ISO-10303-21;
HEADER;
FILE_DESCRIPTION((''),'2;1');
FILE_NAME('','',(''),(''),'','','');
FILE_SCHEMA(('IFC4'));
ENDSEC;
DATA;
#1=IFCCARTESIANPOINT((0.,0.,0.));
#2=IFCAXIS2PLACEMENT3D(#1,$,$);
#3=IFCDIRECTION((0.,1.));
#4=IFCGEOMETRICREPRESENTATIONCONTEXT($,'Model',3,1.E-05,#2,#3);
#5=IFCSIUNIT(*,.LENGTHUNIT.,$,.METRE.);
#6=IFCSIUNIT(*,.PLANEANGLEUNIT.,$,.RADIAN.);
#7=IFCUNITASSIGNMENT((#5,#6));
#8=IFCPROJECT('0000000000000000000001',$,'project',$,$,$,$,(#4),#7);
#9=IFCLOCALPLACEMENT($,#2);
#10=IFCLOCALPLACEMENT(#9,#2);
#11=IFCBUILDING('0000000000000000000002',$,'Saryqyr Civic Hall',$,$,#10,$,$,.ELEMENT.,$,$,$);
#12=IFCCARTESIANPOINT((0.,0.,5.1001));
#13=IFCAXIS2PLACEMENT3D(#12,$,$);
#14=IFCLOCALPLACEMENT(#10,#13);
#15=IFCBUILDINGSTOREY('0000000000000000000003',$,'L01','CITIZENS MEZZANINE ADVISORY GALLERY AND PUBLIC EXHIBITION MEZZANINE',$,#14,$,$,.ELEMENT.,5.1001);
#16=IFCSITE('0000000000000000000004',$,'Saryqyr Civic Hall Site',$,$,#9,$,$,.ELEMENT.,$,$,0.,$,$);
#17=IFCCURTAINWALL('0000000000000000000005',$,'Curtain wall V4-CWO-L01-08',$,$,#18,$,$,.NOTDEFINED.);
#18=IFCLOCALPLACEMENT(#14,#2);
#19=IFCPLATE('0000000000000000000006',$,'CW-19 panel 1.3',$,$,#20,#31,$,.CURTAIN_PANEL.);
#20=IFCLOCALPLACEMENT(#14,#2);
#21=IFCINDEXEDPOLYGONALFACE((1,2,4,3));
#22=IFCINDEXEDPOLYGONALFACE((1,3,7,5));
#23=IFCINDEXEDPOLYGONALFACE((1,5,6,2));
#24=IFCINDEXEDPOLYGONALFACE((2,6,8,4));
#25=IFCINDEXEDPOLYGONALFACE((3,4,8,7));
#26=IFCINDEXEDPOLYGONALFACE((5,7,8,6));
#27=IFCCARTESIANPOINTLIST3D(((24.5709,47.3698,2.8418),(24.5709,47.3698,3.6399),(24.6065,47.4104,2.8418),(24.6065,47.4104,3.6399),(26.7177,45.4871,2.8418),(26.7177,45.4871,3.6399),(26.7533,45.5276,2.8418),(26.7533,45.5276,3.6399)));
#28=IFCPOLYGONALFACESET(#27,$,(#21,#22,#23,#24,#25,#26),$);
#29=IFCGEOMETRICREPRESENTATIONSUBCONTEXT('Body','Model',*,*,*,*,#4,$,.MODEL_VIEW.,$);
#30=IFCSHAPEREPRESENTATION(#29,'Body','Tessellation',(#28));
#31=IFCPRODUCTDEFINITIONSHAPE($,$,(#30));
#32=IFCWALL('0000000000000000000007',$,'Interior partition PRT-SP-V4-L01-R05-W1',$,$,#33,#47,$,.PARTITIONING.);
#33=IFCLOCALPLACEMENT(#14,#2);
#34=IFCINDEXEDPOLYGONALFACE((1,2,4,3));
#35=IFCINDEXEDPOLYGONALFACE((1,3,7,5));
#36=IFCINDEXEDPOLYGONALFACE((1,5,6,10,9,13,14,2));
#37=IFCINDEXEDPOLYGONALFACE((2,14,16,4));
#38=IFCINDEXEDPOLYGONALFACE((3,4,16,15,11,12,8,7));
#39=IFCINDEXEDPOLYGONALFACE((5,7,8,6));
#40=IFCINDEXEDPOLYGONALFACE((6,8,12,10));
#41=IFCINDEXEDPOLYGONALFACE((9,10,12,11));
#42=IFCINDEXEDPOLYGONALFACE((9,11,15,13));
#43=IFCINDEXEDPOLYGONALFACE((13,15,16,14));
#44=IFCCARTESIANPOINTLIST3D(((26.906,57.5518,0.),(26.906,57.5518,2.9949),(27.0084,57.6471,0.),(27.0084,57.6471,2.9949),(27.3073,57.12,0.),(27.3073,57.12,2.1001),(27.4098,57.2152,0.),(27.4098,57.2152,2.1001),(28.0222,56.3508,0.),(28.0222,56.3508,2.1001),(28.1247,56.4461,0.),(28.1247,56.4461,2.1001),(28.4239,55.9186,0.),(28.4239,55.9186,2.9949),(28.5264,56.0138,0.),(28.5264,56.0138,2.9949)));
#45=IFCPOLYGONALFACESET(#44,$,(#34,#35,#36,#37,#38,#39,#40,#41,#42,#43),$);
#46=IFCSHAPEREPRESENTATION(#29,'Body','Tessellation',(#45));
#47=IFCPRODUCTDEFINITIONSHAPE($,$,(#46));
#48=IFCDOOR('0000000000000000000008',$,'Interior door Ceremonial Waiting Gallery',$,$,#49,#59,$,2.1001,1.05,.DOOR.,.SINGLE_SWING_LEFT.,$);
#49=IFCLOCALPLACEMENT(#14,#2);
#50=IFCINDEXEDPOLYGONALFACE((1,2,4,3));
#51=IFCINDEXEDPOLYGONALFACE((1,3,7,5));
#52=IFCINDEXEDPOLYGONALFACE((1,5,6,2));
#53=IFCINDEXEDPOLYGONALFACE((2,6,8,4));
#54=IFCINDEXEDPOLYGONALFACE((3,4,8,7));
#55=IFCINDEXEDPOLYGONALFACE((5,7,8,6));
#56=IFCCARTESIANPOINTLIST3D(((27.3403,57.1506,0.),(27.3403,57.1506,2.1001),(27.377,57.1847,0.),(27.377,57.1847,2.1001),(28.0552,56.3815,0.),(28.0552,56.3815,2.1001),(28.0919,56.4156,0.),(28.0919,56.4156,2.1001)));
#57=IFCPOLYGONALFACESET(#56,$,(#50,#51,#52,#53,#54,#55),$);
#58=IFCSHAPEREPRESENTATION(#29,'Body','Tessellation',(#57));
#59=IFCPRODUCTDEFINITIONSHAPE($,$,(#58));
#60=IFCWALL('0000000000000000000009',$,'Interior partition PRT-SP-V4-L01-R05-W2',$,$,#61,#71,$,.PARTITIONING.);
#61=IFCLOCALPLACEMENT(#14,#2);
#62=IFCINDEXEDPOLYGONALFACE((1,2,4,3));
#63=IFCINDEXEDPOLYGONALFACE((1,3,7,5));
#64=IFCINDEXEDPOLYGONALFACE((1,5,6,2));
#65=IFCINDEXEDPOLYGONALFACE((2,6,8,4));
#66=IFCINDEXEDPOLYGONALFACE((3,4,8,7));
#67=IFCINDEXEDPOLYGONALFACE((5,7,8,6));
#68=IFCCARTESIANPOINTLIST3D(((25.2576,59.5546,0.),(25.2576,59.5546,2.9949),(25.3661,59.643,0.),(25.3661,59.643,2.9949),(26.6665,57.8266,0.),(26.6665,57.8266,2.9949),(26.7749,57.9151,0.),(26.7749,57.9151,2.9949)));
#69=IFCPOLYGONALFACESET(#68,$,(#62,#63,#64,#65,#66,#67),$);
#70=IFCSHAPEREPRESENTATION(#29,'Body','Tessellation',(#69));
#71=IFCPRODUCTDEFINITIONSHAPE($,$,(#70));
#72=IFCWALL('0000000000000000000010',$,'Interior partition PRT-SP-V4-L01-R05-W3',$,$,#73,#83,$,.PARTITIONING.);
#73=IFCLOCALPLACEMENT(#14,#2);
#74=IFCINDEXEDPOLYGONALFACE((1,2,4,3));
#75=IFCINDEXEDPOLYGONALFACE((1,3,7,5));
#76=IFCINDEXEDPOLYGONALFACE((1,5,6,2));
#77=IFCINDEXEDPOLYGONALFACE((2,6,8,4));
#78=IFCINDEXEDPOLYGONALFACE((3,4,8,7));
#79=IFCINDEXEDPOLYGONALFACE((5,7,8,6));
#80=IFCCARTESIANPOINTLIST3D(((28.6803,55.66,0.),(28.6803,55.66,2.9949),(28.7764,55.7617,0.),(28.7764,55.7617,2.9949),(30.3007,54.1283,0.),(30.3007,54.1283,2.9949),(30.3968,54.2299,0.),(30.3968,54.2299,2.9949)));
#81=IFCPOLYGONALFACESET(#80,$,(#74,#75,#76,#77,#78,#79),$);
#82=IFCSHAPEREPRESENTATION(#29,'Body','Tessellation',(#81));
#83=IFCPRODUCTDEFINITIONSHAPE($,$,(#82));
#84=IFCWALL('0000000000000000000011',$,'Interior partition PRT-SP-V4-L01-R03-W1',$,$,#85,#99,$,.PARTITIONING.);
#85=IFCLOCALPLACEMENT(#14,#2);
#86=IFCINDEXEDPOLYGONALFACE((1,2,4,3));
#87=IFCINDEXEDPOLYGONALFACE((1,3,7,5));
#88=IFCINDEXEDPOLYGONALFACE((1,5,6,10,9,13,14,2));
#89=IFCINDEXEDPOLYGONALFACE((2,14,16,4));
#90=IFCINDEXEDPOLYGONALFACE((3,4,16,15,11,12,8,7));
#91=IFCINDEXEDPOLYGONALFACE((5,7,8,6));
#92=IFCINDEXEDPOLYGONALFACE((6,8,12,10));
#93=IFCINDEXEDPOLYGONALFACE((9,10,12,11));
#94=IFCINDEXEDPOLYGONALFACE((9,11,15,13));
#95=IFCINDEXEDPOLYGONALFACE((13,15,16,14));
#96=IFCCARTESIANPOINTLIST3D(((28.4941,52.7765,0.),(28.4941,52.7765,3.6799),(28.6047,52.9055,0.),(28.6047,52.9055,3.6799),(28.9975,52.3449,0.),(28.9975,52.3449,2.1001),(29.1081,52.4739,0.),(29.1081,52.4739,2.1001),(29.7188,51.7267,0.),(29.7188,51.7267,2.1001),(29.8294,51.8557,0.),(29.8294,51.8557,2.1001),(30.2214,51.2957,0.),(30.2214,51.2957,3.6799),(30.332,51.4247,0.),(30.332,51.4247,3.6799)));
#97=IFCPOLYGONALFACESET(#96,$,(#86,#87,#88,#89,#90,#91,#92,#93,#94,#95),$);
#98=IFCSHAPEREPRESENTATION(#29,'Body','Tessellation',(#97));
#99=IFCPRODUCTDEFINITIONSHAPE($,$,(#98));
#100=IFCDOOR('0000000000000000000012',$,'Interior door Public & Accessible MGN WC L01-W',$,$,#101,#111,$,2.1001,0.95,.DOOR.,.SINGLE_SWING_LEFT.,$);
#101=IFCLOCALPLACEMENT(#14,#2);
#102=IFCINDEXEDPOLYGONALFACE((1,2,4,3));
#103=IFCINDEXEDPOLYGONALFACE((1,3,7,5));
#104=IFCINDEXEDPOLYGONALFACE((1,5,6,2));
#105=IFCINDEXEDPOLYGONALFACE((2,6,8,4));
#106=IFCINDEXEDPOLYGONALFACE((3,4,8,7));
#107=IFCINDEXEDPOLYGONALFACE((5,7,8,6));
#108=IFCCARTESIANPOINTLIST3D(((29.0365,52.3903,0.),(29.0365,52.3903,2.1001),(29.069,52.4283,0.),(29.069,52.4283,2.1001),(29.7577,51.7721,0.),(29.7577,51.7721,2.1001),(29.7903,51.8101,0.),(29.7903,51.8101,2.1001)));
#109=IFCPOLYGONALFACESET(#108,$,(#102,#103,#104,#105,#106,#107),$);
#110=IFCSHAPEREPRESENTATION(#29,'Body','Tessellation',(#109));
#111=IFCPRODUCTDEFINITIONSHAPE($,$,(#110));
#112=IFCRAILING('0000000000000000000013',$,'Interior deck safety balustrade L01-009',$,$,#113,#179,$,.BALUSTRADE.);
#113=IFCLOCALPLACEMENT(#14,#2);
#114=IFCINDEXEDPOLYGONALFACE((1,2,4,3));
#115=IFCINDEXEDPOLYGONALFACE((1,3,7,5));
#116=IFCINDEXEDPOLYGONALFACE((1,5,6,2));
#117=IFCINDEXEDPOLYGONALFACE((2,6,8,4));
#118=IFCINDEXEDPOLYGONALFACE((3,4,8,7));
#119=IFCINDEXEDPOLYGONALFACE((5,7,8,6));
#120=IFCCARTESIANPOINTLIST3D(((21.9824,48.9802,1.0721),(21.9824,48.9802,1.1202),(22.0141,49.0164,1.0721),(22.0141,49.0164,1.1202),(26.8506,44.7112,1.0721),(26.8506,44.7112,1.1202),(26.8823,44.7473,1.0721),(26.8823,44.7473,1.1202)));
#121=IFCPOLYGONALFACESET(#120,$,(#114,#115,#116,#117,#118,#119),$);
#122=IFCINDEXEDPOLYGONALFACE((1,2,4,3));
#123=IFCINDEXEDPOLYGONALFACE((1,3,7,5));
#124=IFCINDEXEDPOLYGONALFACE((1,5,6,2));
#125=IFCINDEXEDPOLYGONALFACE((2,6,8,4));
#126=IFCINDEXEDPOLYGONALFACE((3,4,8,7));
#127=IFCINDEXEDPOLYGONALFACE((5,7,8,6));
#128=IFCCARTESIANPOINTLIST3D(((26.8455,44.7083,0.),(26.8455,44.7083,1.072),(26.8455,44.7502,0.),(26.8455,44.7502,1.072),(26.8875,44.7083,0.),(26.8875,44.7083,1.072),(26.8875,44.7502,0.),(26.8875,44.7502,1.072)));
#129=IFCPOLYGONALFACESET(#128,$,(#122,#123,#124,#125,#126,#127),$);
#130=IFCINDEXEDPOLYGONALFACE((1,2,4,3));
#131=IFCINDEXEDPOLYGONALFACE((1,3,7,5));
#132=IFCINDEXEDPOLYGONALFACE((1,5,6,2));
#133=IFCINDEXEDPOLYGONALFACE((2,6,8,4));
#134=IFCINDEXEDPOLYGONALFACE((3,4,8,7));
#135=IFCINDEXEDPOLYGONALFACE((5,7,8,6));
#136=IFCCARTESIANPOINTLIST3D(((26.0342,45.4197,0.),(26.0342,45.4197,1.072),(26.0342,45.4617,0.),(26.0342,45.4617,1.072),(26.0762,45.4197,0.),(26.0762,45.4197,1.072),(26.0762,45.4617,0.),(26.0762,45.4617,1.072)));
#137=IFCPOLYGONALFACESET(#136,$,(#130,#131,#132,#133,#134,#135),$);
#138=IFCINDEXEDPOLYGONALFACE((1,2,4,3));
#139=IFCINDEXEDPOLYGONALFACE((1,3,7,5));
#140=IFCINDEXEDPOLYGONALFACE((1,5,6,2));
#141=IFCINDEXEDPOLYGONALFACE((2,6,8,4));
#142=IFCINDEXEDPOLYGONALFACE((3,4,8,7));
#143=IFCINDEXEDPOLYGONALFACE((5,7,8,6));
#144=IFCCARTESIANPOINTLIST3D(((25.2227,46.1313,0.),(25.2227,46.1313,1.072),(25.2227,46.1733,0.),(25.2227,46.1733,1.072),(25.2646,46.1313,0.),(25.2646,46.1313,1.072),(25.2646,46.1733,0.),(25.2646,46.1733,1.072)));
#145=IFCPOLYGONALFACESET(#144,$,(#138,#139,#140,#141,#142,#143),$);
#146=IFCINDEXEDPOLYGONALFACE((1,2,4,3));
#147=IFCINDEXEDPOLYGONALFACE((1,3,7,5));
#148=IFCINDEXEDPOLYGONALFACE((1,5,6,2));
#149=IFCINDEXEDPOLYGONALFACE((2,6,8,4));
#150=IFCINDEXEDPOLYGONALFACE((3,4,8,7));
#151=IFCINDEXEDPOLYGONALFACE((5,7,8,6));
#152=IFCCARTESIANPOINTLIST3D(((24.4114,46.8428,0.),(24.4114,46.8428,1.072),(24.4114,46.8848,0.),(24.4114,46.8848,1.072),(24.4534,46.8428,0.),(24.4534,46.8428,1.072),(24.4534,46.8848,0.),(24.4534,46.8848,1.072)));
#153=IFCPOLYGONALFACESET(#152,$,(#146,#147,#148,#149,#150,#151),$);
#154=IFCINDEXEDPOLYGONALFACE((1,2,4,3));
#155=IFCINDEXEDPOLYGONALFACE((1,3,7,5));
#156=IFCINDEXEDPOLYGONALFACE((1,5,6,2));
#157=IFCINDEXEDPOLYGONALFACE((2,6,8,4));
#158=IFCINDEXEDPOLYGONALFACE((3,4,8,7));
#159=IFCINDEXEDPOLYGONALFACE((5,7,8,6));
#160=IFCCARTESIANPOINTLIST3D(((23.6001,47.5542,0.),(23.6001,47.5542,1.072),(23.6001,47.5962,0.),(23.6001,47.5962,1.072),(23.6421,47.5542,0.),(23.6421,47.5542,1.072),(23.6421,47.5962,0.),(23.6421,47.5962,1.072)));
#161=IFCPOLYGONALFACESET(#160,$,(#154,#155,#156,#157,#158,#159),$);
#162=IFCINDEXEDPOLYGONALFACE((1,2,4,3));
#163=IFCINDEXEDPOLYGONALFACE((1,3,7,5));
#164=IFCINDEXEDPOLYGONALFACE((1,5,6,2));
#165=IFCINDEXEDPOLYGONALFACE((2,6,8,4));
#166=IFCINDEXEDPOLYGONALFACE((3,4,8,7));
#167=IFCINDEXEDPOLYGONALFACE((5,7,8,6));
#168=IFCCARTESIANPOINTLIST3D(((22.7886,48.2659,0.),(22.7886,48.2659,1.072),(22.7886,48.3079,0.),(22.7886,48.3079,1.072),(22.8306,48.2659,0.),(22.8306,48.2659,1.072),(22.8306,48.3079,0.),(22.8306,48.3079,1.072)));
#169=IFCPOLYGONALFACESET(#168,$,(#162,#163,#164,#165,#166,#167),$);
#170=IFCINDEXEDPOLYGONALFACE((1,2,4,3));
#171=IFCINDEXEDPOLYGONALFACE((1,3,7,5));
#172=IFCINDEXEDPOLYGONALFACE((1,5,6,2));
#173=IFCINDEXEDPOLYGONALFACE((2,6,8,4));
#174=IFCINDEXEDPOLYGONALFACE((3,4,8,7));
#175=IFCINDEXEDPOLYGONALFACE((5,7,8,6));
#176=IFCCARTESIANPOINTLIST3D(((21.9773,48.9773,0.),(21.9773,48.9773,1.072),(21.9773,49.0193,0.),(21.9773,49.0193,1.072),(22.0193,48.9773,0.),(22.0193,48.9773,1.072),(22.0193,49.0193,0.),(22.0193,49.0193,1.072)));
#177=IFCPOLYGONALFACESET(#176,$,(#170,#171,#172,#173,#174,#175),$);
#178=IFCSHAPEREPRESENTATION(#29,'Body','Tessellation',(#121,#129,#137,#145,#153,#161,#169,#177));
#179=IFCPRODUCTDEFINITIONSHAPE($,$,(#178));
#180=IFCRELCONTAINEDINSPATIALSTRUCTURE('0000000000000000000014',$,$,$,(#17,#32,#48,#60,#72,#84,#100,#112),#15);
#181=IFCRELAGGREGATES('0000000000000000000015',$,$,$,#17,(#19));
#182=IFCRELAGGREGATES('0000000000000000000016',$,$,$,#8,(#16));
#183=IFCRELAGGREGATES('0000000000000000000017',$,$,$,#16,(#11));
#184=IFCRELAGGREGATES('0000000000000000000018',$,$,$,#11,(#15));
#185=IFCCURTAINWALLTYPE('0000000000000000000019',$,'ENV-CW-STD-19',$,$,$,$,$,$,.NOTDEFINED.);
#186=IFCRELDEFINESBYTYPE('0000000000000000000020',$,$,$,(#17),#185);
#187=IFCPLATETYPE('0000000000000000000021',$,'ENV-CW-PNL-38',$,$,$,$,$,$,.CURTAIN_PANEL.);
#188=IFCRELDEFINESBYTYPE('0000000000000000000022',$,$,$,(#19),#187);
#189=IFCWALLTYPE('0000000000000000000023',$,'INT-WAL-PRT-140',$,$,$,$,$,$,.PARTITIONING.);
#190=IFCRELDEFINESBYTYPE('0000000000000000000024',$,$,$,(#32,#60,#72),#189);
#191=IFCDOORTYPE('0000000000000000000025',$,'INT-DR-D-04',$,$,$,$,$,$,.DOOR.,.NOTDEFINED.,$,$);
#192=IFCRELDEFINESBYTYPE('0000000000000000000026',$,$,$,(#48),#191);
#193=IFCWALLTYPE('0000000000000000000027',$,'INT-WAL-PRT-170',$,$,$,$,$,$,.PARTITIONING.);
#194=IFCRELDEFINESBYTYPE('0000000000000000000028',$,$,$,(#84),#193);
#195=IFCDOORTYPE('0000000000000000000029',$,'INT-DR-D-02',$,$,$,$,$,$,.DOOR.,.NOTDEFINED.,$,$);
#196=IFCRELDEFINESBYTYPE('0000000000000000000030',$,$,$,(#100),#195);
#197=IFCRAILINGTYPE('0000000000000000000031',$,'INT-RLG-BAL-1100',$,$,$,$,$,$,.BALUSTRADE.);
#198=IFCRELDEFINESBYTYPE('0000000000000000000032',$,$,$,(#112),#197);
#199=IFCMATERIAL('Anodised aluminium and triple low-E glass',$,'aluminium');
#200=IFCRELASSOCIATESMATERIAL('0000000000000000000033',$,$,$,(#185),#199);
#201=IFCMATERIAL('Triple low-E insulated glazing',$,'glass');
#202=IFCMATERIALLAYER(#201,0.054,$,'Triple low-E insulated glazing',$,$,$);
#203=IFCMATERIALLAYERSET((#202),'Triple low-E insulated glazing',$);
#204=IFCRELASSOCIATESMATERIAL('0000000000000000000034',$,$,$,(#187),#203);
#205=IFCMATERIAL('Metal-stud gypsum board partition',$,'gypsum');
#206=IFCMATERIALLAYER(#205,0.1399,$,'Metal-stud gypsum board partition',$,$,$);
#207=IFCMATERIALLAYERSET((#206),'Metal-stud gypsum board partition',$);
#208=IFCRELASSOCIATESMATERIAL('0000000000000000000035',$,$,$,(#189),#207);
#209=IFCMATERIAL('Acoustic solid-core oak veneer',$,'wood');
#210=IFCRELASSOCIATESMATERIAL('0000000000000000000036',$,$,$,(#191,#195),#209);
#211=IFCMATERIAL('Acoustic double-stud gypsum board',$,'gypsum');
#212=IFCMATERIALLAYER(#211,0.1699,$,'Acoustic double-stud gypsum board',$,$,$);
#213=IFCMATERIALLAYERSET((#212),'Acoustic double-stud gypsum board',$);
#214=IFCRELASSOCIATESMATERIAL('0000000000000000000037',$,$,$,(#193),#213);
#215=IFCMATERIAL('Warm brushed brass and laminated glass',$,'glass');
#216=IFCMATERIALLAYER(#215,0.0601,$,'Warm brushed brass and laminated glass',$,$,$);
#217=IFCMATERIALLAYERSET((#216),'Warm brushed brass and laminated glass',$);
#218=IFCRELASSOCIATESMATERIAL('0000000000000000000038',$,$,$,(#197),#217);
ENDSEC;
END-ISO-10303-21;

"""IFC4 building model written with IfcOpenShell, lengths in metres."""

from ifc_helpers import new_model, si_unit, direction, frame, frame_2d, origin, origin_2d, place, context, subcontext, project, spatial, rectangle, extrude, material, layer, layer_set, type_object, element, fill, aggregate, save


model = new_model("IFC4")

# Units and contexts
model_context = context("Model", 3, precision=1e-05, world=origin(), true_north=direction((0.0, 1.0)))
body_context = subcontext(model_context, "Body", "Model", "MODEL_VIEW")
ifc_project = project(units=[si_unit("LENGTHUNIT", "METRE"), si_unit("PLANEANGLEUNIT", "RADIAN")], contexts=[model_context])

# Site, building, storey
site_placement = place(None, origin())
site = spatial("IfcSite", under=ifc_project, at=site_placement, Name="Saryqyr Civic Hall Site", CompositionType="ELEMENT", RefElevation=0.0)
building_placement = place(site_placement, origin())
building = spatial("IfcBuilding", under=site, at=building_placement, Name="Saryqyr Civic Hall", CompositionType="ELEMENT")
storey_placement = place(building_placement, frame((0.0, 0.0, 5.1001)))
storey = spatial("IfcBuildingStorey", under=building, at=storey_placement, Name="L01", Description="CITIZENS MEZZANINE ADVISORY GALLERY AND PUBLIC EXHIBITION MEZZANINE", CompositionType="ELEMENT", Elevation=5.1001)

# Curtain wall
ifc_material_1 = material(Name="Anodised aluminium and triple low-E glass", Category="aluminium")
curtain_wall_type_1 = type_object("IfcCurtainWallType", Name="ENV-CW-STD-19", PredefinedType="NOTDEFINED", material=ifc_material_1)
curtain_wall_1_placement = place(storey_placement, origin())
curtain_wall_1 = element("IfcCurtainWall", 1, at=curtain_wall_1_placement, inside=storey, type_object=curtain_wall_type_1, Name="Curtain wall V4-CWO-L01-08", PredefinedType="NOTDEFINED")

# Shared definitions
ifc_material_2 = material(Name="Triple low-E insulated glazing", Category="glass")
ifc_layer_1 = layer(ifc_material_2, 0.054, Name="Triple low-E insulated glazing")
ifc_layer_set_1 = layer_set([ifc_layer_1], Name="Triple low-E insulated glazing")
plate_type = type_object("IfcPlateType", Name="ENV-CW-PNL-38", PredefinedType="CURTAIN_PANEL", material=ifc_layer_set_1)

# Plate
plate_1_placement = place(storey_placement, frame((25.6621, 46.4487, 2.8418), z_axis=(0.0, 0.0, 1.0), x_axis=(-0.751835, 0.659351, 0.0)))
plate_1 = element("IfcPlate", 2, at=plate_1_placement, type_object=plate_type, Name="CW-19 panel 1.3", PredefinedType="CURTAIN_PANEL", context=body_context, shape_type="SweptSolid", body=[
    extrude(rectangle(XDim=2.8555, YDim=0.054, at=origin_2d()), origin(), (0.0, 0.0, 1.0), 0.7981),
])
aggregate(curtain_wall_1, [plate_1])

# Wall, opening, door
ifc_material_3 = material(Name="Metal-stud gypsum board partition", Category="gypsum")
ifc_layer_2 = layer(ifc_material_3, 0.1399, Name="Metal-stud gypsum board partition")
ifc_layer_set_2 = layer_set([ifc_layer_2], Name="Metal-stud gypsum board partition")
wall_type_1 = type_object("IfcWallType", Name="INT-WAL-PRT-140", PredefinedType="PARTITIONING", material=ifc_layer_set_2)
wall_1_placement = place(storey_placement, frame((28.4751, 55.9663, 0.0), z_axis=(0.0, 0.0, 1.0), x_axis=(-0.680795, 0.732474, 0.0)))
wall_1 = element("IfcWall", 3, at=wall_1_placement, inside=storey, type_object=wall_type_1, Name="Interior partition PRT-SP-V4-L01-R05-W1", PredefinedType="PARTITIONING", context=body_context, shape_type="SweptSolid", body=[
    extrude(rectangle(XDim=2.2297, YDim=0.1399, at=frame_2d((1.1147, 0.0))), origin(), (0.0, 0.0, 1.0), 2.9949),
])
opening_1_placement = place(wall_1_placement, frame((0.5901, 0.0, 0.0)))
opening_1 = element("IfcOpeningElement", 4, at=opening_1_placement, cuts=wall_1, PredefinedType="OPENING", context=body_context, shape_type="SweptSolid", body=[
    extrude(rectangle(XDim=1.05, YDim=2.1001, at=frame_2d((0.5249, 1.05))), frame((0.0, 0.0798, 0.0), z_axis=(0.0, -1.0, 0.0), x_axis=(1.0, 0.0, 0.0)), (0.0, 0.0, 1.0), 0.1599),
])
ifc_material_4 = material(Name="Acoustic solid-core oak veneer", Category="wood")
door_type_1 = type_object("IfcDoorType", Name="INT-DR-D-04", OperationType="NOTDEFINED", PredefinedType="DOOR", material=ifc_material_4)
door_1_placement = place(opening_1_placement, origin())
door_1 = element("IfcDoor", 5, at=door_1_placement, inside=storey, type_object=door_type_1, Name="Interior door Ceremonial Waiting Gallery", OperationType="SINGLE_SWING_LEFT", OverallHeight=2.1001, OverallWidth=1.05, PredefinedType="DOOR", context=body_context, shape_type="SweptSolid", body=[
    extrude(rectangle(XDim=1.05, YDim=2.1001, at=frame_2d((0.5249, 1.05))), frame((0.0, 0.0249, 0.0), z_axis=(0.0, -1.0, 0.0), x_axis=(1.0, 0.0, 0.0)), (0.0, 0.0, 1.0), 0.05),
])
fill(opening_1, door_1)

# Walls
wall_2_placement = place(storey_placement, frame((26.7207, 57.8708, 0.0), z_axis=(0.0, 0.0, 1.0), x_axis=(-0.631919, 0.775034, 0.0)))
element("IfcWall", 6, at=wall_2_placement, inside=storey, type_object=wall_type_1, Name="Interior partition PRT-SP-V4-L01-R05-W2", PredefinedType="PARTITIONING", context=body_context, shape_type="SweptSolid", body=[
    extrude(rectangle(XDim=2.2295, YDim=0.1399, at=frame_2d((1.1147, 0.0))), origin(), (0.0, 0.0, 1.0), 2.9949),
])
wall_3_placement = place(storey_placement, frame((30.3486, 54.1792, 0.0), z_axis=(0.0, 0.0, 1.0), x_axis=(-0.7267, 0.686955, 0.0)))
element("IfcWall", 7, at=wall_3_placement, inside=storey, type_object=wall_type_1, Name="Interior partition PRT-SP-V4-L01-R05-W3", PredefinedType="PARTITIONING", context=body_context, shape_type="SweptSolid", body=[
    extrude(rectangle(XDim=2.2297, YDim=0.1399, at=frame_2d((1.1147, 0.0))), origin(), (0.0, 0.0, 1.0), 2.9949),
])

# Wall, opening, door
ifc_material_5 = material(Name="Acoustic double-stud gypsum board", Category="gypsum")
ifc_layer_3 = layer(ifc_material_5, 0.1699, Name="Acoustic double-stud gypsum board")
ifc_layer_set_3 = layer_set([ifc_layer_3], Name="Acoustic double-stud gypsum board")
wall_type_2 = type_object("IfcWallType", Name="INT-WAL-PRT-170", PredefinedType="PARTITIONING", material=ifc_layer_set_3)
wall_4_placement = place(storey_placement, frame((28.5493, 52.8411, 0.0), z_axis=(0.0, 0.0, 1.0), x_axis=(0.759219, -0.650836, 0.0)))
wall_4 = element("IfcWall", 8, at=wall_4_placement, inside=storey, type_object=wall_type_2, Name="Interior partition PRT-SP-V4-L01-R03-W1", PredefinedType="PARTITIONING", context=body_context, shape_type="SweptSolid", body=[
    extrude(rectangle(XDim=2.2751, YDim=0.1699, at=frame_2d((1.1377, 0.0))), origin(), (0.0, 0.0, 1.0), 3.6799),
])
opening_2_placement = place(wall_4_placement, frame((0.6631, 0.0, 0.0)))
opening_2 = element("IfcOpeningElement", 9, at=opening_2_placement, cuts=wall_4, PredefinedType="OPENING", context=body_context, shape_type="SweptSolid", body=[
    extrude(rectangle(XDim=0.95, YDim=2.1001, at=frame_2d((0.4751, 1.05))), frame((0.0, 0.095, 0.0), z_axis=(0.0, -1.0, 0.0), x_axis=(1.0, 0.0, 0.0)), (0.0, 0.0, 1.0), 0.1899),
])
door_type_2 = type_object("IfcDoorType", Name="INT-DR-D-02", OperationType="NOTDEFINED", PredefinedType="DOOR", material=ifc_material_4)
door_2_placement = place(opening_2_placement, origin())
door_2 = element("IfcDoor", 10, at=door_2_placement, inside=storey, type_object=door_type_2, Name="Interior door Public & Accessible MGN WC L01-W", OperationType="SINGLE_SWING_LEFT", OverallHeight=2.1001, OverallWidth=0.95, PredefinedType="DOOR", context=body_context, shape_type="SweptSolid", body=[
    extrude(rectangle(XDim=0.95, YDim=2.1001, at=frame_2d((0.4751, 1.05))), frame((0.0, 0.0249, 0.0), z_axis=(0.0, -1.0, 0.0), x_axis=(1.0, 0.0, 0.0)), (0.0, 0.0, 1.0), 0.05),
])
fill(opening_2, door_2)

# Railing
ifc_material_6 = material(Name="Warm brushed brass and laminated glass", Category="glass")
ifc_layer_4 = layer(ifc_material_6, 0.0601, Name="Warm brushed brass and laminated glass")
ifc_layer_set_4 = layer_set([ifc_layer_4], Name="Warm brushed brass and laminated glass")
railing_type = type_object("IfcRailingType", Name="INT-RLG-BAL-1100", PredefinedType="BALUSTRADE", material=ifc_layer_set_4)
railing_placement = place(storey_placement, frame((26.8665, 44.7292, 0.0)))
element("IfcRailing", 11, at=railing_placement, inside=storey, type_object=railing_type, Name="Interior deck safety balustrade L01-009", PredefinedType="BALUSTRADE", context=body_context, shape_type="SweptSolid", body=[
    extrude(rectangle(XDim=0.0481, YDim=0.0481, at=origin_2d()), frame((0.0, 0.0, 1.0962), z_axis=(-0.751857, 0.659326, 0.0), x_axis=(-0.659326, -0.751857, 0.0)), (0.0, 0.0, 1.0), 6.4749),
    extrude(rectangle(XDim=0.042, YDim=0.042, at=origin_2d()), origin(), (0.0, 0.0, 1.0), 1.072),
    extrude(rectangle(XDim=0.042, YDim=0.042, at=origin_2d()), frame((-0.8113, 0.7114, 0.0)), (0.0, 0.0, 1.0), 1.072),
    extrude(rectangle(XDim=0.042, YDim=0.042, at=origin_2d()), frame((-1.6228, 1.4231, 0.0)), (0.0, 0.0, 1.0), 1.072),
    extrude(rectangle(XDim=0.042, YDim=0.042, at=origin_2d()), frame((-2.4341, 2.1345, 0.0)), (0.0, 0.0, 1.0), 1.072),
    extrude(rectangle(XDim=0.042, YDim=0.042, at=origin_2d()), frame((-3.2454, 2.8459, 0.0)), (0.0, 0.0, 1.0), 1.072),
    extrude(rectangle(XDim=0.042, YDim=0.042, at=origin_2d()), frame((-4.0569, 3.5576, 0.0)), (0.0, 0.0, 1.0), 1.072),
    extrude(rectangle(XDim=0.042, YDim=0.042, at=origin_2d()), frame((-4.8682, 4.269, 0.0)), (0.0, 0.0, 1.0), 1.072),
])

save(model, "model.ifc")
